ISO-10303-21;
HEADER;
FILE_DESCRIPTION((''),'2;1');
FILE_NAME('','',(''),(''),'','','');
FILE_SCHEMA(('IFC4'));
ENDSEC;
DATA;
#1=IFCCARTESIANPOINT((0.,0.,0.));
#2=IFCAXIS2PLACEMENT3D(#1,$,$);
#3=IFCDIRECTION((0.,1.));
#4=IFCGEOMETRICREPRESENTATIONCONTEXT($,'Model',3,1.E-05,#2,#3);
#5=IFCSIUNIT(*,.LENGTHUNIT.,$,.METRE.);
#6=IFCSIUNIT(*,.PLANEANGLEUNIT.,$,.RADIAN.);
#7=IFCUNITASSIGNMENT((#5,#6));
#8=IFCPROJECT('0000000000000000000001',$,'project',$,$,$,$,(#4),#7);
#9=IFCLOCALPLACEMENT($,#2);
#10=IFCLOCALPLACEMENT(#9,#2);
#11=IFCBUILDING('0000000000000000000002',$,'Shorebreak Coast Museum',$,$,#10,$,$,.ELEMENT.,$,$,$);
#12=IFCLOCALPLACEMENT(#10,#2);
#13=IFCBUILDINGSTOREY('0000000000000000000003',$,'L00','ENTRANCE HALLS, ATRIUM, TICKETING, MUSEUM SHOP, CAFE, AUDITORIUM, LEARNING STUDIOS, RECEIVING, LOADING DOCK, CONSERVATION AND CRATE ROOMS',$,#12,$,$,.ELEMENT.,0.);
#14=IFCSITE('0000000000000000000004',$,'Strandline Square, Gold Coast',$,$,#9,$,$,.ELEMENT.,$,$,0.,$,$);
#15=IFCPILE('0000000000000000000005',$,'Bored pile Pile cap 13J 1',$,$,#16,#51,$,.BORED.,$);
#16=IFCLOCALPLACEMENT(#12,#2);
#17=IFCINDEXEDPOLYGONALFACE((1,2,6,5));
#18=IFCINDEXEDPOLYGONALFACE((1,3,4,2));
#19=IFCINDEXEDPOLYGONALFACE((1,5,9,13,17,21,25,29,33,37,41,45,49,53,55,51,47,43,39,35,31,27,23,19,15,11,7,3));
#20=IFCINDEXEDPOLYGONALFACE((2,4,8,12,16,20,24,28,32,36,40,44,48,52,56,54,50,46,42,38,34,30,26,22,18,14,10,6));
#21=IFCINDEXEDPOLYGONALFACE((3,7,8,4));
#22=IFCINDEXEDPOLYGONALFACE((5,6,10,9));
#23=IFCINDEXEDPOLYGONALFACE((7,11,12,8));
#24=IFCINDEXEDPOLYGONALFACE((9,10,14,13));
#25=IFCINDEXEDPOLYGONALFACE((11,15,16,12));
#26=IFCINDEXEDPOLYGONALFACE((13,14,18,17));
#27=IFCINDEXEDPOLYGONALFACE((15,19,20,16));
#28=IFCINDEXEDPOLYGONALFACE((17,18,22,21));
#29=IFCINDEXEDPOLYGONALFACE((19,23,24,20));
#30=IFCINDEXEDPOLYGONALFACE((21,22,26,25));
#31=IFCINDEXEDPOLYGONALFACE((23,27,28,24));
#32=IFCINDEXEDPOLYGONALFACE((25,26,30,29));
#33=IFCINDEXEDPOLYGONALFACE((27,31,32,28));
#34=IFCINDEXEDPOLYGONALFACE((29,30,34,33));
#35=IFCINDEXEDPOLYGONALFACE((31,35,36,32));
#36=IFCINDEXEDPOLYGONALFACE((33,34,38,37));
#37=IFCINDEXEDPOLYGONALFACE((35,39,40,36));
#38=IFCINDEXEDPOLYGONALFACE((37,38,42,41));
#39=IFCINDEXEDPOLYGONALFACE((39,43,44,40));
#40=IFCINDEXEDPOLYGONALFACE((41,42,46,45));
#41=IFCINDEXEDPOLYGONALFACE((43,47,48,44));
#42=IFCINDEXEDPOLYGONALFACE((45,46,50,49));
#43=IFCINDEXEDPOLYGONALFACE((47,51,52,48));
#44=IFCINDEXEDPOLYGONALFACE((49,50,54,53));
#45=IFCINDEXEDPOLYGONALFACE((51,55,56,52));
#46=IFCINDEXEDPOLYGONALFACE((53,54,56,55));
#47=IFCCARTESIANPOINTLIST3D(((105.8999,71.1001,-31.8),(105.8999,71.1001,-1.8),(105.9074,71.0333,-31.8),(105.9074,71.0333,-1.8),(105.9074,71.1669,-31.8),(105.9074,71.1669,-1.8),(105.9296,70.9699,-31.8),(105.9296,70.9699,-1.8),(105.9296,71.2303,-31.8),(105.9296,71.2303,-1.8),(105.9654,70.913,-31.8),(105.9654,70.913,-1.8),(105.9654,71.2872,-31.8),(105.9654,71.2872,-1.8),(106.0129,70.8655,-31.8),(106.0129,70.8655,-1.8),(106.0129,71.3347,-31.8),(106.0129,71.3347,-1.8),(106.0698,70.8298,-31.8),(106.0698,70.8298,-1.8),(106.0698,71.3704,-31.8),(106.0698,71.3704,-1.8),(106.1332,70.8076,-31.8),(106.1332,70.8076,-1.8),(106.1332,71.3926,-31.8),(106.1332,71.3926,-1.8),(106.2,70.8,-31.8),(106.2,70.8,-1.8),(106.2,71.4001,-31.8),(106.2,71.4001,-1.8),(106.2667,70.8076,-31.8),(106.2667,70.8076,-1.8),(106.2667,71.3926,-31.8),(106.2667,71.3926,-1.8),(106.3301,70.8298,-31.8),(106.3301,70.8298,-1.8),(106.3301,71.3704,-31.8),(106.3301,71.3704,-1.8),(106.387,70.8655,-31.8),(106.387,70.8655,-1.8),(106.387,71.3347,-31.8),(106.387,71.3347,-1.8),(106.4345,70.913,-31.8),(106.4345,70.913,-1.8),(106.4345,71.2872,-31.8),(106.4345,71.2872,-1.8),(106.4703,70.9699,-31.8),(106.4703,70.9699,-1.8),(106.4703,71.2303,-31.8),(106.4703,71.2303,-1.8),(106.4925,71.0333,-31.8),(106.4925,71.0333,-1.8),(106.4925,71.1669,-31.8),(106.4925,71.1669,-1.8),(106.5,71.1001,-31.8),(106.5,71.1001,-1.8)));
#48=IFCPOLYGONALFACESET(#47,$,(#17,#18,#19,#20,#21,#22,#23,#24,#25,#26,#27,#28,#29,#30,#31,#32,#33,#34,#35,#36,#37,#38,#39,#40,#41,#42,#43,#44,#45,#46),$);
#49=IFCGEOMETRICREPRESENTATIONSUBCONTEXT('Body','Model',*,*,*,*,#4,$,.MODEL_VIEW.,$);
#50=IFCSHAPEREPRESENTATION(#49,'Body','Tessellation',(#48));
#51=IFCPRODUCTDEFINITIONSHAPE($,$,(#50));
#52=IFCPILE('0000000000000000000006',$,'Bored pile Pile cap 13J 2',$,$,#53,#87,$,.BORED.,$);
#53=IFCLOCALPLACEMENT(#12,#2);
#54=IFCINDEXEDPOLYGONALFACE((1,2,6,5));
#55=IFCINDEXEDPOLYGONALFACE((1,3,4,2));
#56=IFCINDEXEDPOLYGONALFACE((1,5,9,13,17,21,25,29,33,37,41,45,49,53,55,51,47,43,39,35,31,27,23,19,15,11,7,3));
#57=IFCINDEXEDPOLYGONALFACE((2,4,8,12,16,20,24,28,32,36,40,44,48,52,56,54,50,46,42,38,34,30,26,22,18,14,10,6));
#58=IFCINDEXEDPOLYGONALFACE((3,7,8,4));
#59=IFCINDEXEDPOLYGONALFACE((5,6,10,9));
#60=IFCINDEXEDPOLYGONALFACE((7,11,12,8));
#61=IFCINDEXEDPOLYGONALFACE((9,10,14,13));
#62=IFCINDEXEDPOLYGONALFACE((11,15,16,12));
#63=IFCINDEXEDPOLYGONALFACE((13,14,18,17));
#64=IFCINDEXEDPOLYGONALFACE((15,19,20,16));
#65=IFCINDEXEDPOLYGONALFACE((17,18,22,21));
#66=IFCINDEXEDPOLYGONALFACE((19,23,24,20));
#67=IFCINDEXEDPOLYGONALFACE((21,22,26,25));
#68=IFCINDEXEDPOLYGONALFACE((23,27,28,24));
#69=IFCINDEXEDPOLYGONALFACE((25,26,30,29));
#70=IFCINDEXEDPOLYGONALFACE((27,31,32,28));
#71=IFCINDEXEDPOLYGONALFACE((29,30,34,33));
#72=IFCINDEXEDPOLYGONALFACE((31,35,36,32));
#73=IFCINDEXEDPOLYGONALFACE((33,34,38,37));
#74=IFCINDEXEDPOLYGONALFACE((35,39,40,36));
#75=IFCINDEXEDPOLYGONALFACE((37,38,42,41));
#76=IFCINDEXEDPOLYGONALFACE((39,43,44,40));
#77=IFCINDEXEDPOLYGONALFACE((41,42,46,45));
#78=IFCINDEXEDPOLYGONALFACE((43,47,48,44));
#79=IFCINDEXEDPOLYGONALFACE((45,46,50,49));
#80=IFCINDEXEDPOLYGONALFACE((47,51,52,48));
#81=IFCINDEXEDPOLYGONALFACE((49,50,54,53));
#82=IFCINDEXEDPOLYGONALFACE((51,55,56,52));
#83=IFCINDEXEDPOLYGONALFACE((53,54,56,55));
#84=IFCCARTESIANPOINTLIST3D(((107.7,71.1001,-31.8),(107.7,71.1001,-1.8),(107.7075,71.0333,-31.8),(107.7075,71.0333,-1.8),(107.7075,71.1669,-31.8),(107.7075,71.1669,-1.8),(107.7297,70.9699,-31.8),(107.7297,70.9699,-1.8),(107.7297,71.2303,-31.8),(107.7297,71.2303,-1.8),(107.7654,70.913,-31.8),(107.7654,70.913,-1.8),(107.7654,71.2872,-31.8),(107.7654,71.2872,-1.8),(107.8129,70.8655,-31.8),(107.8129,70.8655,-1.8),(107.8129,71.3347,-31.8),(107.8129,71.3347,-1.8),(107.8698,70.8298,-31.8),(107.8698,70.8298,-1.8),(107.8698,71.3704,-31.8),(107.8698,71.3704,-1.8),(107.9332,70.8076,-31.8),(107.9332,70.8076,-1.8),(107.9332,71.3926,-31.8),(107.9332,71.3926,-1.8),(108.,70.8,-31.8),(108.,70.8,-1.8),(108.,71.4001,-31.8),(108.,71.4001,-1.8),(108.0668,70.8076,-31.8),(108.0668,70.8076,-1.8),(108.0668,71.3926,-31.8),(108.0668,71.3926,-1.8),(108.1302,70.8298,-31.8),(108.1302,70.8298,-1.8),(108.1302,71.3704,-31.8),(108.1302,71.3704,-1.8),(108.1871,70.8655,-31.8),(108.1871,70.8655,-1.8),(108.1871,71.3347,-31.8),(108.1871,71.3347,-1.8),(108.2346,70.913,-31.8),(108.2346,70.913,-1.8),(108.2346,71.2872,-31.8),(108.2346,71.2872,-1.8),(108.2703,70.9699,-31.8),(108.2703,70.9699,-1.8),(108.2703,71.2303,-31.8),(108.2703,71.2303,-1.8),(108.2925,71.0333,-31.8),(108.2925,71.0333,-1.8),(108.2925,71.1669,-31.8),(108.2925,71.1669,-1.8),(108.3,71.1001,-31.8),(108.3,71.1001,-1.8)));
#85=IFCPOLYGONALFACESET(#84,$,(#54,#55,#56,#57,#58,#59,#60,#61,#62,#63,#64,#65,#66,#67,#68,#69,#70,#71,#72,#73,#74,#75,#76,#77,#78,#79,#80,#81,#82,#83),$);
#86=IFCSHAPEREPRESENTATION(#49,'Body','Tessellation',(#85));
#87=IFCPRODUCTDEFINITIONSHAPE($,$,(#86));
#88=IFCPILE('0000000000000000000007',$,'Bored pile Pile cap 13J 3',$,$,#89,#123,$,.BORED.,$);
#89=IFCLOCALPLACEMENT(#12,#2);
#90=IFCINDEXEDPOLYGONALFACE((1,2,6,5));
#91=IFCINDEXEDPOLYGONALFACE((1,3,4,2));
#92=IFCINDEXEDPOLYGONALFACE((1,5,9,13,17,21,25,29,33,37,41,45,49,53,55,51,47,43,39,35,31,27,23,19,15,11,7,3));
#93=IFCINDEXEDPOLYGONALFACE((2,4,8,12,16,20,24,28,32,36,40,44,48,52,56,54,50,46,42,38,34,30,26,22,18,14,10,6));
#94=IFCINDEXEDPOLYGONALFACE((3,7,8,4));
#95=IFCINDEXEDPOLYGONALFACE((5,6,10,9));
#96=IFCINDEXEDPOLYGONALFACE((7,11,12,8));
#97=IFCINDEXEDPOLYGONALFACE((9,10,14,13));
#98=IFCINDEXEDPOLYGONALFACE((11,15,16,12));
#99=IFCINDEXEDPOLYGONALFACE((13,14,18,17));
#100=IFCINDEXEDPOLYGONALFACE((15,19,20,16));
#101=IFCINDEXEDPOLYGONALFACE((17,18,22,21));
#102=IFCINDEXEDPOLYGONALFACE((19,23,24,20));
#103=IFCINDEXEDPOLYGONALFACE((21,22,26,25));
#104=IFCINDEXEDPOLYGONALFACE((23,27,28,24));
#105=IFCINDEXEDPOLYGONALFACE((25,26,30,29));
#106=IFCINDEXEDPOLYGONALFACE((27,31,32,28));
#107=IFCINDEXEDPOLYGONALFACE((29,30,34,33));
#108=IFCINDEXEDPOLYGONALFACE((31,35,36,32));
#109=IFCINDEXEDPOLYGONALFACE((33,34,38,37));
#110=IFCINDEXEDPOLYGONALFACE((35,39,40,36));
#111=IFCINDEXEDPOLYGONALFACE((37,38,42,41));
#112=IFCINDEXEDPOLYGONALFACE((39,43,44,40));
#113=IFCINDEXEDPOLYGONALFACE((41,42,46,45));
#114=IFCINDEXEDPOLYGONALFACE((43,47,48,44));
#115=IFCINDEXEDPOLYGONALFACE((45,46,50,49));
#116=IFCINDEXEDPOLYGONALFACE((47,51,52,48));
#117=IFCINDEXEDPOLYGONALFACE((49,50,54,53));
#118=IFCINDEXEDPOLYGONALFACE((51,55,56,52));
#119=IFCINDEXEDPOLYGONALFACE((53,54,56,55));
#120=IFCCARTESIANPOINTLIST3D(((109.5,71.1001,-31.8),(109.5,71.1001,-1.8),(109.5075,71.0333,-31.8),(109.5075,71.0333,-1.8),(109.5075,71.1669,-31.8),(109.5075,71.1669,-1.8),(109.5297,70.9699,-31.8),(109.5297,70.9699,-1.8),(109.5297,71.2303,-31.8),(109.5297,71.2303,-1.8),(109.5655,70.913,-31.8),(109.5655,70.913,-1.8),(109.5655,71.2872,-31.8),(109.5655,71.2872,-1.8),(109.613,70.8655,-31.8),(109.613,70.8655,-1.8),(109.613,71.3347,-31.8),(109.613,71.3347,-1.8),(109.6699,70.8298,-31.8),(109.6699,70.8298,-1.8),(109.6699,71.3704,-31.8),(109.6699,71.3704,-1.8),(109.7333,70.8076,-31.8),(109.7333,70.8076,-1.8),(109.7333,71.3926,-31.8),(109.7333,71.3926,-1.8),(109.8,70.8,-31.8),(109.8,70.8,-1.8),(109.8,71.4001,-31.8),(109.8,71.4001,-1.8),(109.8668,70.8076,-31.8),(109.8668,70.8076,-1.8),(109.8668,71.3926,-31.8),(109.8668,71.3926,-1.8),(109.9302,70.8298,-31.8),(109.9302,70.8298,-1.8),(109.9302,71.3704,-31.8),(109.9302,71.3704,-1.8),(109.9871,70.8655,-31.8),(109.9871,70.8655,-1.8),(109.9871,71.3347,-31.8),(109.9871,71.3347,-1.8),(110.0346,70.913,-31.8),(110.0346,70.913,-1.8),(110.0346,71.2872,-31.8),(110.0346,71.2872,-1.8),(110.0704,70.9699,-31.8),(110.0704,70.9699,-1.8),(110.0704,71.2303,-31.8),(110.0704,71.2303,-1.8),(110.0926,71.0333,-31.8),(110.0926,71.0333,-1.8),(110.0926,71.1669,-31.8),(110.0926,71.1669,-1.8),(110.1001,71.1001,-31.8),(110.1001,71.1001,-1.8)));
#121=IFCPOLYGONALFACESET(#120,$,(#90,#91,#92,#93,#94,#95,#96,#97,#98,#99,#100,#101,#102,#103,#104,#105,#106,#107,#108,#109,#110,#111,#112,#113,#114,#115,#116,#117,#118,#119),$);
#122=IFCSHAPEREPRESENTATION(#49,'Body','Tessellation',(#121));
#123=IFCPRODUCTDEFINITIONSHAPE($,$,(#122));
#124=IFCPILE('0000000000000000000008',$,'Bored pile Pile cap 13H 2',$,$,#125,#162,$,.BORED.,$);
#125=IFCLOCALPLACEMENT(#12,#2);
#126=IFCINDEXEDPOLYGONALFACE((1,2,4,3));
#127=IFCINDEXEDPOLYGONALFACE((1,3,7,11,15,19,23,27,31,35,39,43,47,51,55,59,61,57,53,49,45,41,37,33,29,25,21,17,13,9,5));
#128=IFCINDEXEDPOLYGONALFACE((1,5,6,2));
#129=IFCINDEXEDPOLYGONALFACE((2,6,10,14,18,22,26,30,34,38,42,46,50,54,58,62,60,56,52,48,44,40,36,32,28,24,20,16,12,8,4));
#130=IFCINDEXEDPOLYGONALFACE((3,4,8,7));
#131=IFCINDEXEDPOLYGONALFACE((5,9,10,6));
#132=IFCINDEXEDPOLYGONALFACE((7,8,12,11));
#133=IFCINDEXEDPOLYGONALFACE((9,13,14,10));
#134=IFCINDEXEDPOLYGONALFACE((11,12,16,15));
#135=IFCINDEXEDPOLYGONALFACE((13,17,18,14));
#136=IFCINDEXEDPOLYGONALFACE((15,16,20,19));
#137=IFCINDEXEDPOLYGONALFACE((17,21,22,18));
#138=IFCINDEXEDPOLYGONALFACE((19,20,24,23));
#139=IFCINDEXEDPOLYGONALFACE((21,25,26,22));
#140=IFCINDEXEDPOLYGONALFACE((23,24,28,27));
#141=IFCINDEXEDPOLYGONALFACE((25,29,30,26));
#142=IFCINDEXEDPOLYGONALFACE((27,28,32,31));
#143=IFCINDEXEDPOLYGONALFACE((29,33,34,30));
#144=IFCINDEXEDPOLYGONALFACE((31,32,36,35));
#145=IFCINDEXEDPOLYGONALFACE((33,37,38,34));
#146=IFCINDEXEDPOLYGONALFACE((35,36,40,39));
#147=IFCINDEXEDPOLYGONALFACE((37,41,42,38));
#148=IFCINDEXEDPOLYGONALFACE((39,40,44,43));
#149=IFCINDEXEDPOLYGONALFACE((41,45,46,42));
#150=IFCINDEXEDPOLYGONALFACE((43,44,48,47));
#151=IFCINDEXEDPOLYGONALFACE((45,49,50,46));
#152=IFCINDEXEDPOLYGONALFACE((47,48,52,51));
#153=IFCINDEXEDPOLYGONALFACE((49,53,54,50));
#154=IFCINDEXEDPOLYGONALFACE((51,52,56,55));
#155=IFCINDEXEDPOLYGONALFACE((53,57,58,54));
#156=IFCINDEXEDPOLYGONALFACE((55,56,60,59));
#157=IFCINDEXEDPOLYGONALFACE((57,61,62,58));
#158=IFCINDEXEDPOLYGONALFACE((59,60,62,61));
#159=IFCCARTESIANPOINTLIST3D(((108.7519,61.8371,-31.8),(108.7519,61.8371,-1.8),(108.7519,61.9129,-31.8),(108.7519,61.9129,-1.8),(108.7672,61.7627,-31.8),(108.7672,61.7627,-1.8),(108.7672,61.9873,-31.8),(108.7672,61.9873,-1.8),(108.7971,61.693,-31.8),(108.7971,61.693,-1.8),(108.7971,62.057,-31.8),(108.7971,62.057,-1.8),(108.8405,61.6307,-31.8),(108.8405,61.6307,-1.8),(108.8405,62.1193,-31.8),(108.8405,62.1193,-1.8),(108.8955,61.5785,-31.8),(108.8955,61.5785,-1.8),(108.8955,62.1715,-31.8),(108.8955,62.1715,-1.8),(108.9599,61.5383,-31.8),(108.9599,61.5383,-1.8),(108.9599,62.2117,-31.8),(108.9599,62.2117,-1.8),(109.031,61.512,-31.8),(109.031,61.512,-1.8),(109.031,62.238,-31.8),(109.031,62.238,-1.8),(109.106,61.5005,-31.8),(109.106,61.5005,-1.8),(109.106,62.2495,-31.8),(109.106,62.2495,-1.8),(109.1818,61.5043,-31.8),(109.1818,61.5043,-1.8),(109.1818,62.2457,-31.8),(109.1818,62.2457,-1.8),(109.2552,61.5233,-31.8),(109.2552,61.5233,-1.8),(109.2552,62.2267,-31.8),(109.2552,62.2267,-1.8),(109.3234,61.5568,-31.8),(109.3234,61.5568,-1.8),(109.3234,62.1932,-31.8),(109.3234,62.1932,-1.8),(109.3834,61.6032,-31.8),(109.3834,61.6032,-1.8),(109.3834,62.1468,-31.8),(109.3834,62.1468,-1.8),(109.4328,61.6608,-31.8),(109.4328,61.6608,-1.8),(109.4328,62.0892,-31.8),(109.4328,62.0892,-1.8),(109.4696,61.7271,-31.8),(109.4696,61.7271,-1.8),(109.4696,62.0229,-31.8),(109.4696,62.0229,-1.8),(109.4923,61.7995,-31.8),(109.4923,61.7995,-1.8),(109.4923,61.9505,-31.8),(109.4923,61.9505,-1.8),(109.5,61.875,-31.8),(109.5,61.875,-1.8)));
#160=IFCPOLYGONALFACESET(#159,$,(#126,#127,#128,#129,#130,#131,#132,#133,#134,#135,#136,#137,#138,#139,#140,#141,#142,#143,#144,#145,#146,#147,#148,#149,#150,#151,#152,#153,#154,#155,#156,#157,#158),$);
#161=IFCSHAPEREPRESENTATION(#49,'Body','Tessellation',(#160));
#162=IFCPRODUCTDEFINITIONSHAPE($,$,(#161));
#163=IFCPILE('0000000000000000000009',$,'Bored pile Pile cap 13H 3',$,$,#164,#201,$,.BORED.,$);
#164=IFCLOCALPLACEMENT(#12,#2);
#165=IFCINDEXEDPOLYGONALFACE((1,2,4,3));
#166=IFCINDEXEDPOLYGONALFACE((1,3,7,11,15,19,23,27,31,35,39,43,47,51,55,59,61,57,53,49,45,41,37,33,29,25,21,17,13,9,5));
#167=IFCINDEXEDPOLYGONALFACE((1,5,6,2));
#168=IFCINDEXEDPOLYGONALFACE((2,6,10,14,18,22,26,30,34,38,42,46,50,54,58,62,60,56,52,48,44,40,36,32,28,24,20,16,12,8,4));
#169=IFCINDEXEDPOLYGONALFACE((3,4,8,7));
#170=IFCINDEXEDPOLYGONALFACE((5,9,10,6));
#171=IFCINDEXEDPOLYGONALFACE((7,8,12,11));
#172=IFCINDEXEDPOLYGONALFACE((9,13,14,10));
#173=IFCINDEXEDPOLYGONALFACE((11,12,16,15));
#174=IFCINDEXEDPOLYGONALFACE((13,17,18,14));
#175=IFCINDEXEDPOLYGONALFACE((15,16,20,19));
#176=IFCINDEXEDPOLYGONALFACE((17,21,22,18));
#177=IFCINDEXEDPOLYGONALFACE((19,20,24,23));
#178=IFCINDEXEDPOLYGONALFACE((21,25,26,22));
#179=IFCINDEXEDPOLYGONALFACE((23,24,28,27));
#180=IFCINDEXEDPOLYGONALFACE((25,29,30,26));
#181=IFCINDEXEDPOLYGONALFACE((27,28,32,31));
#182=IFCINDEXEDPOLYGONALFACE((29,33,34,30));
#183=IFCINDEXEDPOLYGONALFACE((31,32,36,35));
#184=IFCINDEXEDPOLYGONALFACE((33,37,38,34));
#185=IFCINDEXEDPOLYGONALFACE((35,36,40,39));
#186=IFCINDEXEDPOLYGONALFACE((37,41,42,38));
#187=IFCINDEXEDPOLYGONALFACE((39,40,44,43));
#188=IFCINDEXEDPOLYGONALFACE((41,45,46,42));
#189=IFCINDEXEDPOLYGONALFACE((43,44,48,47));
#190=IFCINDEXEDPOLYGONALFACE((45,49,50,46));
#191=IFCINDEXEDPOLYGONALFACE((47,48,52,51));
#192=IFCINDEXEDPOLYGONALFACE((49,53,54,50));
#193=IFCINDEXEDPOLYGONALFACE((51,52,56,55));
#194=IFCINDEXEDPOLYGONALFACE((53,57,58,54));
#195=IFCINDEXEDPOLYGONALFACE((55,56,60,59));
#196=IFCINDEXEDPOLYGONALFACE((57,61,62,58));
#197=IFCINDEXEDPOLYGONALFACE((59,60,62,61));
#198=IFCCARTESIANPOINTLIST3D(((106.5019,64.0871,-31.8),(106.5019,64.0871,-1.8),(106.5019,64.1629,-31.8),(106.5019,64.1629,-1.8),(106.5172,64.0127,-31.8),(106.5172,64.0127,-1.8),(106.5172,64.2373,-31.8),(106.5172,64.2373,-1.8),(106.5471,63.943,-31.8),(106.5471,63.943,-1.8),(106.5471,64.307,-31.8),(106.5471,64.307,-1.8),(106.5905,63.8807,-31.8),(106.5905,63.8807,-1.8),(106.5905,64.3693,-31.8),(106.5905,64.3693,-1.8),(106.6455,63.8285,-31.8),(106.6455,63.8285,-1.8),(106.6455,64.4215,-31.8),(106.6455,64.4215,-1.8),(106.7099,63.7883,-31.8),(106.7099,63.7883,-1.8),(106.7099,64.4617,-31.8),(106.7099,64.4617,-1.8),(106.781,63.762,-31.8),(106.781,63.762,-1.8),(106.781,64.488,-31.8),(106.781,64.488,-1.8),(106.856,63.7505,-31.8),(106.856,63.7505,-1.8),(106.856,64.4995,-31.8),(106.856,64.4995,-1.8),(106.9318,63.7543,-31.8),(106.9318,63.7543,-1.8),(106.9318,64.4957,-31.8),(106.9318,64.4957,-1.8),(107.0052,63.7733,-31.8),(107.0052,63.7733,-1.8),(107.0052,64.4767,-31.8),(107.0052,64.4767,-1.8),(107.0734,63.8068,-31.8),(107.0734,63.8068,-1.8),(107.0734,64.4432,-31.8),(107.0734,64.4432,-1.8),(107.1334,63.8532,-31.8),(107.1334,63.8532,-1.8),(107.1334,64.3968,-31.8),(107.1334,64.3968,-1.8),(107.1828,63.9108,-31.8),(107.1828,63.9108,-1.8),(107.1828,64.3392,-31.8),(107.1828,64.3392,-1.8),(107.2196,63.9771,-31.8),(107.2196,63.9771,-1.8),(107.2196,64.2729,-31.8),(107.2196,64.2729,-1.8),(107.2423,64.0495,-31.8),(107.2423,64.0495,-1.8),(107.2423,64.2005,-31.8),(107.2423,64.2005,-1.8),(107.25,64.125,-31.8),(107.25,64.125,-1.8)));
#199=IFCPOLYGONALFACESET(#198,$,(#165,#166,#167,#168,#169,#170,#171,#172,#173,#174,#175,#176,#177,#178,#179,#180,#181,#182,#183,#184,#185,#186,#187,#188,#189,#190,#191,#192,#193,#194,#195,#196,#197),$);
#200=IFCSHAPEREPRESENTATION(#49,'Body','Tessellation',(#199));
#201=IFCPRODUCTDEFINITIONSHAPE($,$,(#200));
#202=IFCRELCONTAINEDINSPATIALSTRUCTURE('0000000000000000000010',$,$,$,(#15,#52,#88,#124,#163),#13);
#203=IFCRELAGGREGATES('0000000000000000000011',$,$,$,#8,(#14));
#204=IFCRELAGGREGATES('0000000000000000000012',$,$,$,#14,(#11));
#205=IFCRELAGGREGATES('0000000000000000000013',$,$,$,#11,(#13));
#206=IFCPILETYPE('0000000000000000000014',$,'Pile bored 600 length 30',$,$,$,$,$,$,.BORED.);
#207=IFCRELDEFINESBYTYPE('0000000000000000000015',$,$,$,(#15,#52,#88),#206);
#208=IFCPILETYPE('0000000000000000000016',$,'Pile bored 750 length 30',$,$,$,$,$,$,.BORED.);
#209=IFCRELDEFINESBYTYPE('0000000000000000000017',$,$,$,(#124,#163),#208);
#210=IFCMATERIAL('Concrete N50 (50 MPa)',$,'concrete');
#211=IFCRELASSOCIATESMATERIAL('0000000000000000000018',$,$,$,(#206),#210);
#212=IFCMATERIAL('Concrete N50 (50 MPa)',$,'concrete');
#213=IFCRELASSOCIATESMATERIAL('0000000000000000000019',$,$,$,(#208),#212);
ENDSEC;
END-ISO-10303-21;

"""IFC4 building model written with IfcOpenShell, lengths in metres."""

from ifc_helpers import new_model, si_unit, direction, frame, origin, origin_2d, place, context, subcontext, project, spatial, circle, extrude, material, material_profile, profile_set, type_object, element, save


model = new_model("IFC4")

# Units and contexts
model_context = context("Model", 3, precision=1e-05, world=origin(), true_north=direction((0.0, 1.0)))
body_context = subcontext(model_context, "Body", "Model", "MODEL_VIEW")
ifc_project = project(units=[si_unit("LENGTHUNIT", "METRE"), si_unit("PLANEANGLEUNIT", "RADIAN")], contexts=[model_context])

# Site, building, storey
site_placement = place(None, origin())
site = spatial("IfcSite", under=ifc_project, at=site_placement, Name="Strandline Square, Gold Coast", CompositionType="ELEMENT", RefElevation=0.0)
building_placement = place(site_placement, origin())
building = spatial("IfcBuilding", under=site, at=building_placement, Name="Shorebreak Coast Museum", CompositionType="ELEMENT")
storey_placement = place(building_placement, origin())
storey = spatial("IfcBuildingStorey", under=building, at=storey_placement, Name="L00", Description="ENTRANCE HALLS, ATRIUM, TICKETING, MUSEUM SHOP, CAFE, AUDITORIUM, LEARNING STUDIOS, RECEIVING, LOADING DOCK, CONSERVATION AND CRATE ROOMS", CompositionType="ELEMENT", Elevation=0.0)

# Piles
ifc_material_1 = material(Name="Concrete N50 (50 MPa)", Category="concrete")
ifc_material_profile_1 = material_profile(ifc_material_1, circle(Radius=0.3, at=origin_2d()), Name="Pile bored 600 length 30")
ifc_profile_set_1 = profile_set([ifc_material_profile_1], Name="Concrete N50 (50 MPa)")
pile_type_1 = type_object("IfcPileType", Name="Pile bored 600 length 30", PredefinedType="BORED", material=ifc_profile_set_1)
for number, where, z_axis, x_axis, name in (
    (1, (106.2, 71.1001, -1.8), (0.0, 0.0, -1.0), (1.0, 0.0, 0.0), "Bored pile Pile cap 13J 1"),
    (2, (108.0, 71.1001, -1.8), (0.0, 0.0, -1.0), (1.0, 0.0, 0.0), "Bored pile Pile cap 13J 2"),
    (3, (109.8, 71.1001, -1.8), (0.0, 0.0, -1.0), (1.0, 0.0, 0.0), "Bored pile Pile cap 13J 3"),
):
    element("IfcPile", number, at=place(storey_placement, frame(where, z_axis=z_axis, x_axis=x_axis)), inside=storey, type_object=pile_type_1, Name=name, PredefinedType="BORED", context=body_context, shape_type="SweptSolid", body=[
        extrude(circle(Radius=0.3, at=origin_2d()), origin(), (0.0, 0.0, 1.0), 30.0),
    ])
ifc_material_2 = material(Name="Concrete N50 (50 MPa)", Category="concrete")
ifc_material_profile_2 = material_profile(ifc_material_2, circle(Radius=0.375, at=origin_2d()), Name="Pile bored 750 length 30")
ifc_profile_set_2 = profile_set([ifc_material_profile_2], Name="Concrete N50 (50 MPa)")
pile_type_2 = type_object("IfcPileType", Name="Pile bored 750 length 30", PredefinedType="BORED", material=ifc_profile_set_2)
for number, where, z_axis, x_axis, name in (
    (4, (109.125, 61.875, -1.8), (0.0, 0.0, -1.0), (1.0, 0.0, 0.0), "Bored pile Pile cap 13H 2"),
    (5, (106.875, 64.125, -1.8), (0.0, 0.0, -1.0), (1.0, 0.0, 0.0), "Bored pile Pile cap 13H 3"),
):
    element("IfcPile", number, at=place(storey_placement, frame(where, z_axis=z_axis, x_axis=x_axis)), inside=storey, type_object=pile_type_2, Name=name, PredefinedType="BORED", context=body_context, shape_type="SweptSolid", body=[
        extrude(circle(Radius=0.375, at=origin_2d()), origin(), (0.0, 0.0, 1.0), 30.0),
    ])

save(model, "model.ifc")
